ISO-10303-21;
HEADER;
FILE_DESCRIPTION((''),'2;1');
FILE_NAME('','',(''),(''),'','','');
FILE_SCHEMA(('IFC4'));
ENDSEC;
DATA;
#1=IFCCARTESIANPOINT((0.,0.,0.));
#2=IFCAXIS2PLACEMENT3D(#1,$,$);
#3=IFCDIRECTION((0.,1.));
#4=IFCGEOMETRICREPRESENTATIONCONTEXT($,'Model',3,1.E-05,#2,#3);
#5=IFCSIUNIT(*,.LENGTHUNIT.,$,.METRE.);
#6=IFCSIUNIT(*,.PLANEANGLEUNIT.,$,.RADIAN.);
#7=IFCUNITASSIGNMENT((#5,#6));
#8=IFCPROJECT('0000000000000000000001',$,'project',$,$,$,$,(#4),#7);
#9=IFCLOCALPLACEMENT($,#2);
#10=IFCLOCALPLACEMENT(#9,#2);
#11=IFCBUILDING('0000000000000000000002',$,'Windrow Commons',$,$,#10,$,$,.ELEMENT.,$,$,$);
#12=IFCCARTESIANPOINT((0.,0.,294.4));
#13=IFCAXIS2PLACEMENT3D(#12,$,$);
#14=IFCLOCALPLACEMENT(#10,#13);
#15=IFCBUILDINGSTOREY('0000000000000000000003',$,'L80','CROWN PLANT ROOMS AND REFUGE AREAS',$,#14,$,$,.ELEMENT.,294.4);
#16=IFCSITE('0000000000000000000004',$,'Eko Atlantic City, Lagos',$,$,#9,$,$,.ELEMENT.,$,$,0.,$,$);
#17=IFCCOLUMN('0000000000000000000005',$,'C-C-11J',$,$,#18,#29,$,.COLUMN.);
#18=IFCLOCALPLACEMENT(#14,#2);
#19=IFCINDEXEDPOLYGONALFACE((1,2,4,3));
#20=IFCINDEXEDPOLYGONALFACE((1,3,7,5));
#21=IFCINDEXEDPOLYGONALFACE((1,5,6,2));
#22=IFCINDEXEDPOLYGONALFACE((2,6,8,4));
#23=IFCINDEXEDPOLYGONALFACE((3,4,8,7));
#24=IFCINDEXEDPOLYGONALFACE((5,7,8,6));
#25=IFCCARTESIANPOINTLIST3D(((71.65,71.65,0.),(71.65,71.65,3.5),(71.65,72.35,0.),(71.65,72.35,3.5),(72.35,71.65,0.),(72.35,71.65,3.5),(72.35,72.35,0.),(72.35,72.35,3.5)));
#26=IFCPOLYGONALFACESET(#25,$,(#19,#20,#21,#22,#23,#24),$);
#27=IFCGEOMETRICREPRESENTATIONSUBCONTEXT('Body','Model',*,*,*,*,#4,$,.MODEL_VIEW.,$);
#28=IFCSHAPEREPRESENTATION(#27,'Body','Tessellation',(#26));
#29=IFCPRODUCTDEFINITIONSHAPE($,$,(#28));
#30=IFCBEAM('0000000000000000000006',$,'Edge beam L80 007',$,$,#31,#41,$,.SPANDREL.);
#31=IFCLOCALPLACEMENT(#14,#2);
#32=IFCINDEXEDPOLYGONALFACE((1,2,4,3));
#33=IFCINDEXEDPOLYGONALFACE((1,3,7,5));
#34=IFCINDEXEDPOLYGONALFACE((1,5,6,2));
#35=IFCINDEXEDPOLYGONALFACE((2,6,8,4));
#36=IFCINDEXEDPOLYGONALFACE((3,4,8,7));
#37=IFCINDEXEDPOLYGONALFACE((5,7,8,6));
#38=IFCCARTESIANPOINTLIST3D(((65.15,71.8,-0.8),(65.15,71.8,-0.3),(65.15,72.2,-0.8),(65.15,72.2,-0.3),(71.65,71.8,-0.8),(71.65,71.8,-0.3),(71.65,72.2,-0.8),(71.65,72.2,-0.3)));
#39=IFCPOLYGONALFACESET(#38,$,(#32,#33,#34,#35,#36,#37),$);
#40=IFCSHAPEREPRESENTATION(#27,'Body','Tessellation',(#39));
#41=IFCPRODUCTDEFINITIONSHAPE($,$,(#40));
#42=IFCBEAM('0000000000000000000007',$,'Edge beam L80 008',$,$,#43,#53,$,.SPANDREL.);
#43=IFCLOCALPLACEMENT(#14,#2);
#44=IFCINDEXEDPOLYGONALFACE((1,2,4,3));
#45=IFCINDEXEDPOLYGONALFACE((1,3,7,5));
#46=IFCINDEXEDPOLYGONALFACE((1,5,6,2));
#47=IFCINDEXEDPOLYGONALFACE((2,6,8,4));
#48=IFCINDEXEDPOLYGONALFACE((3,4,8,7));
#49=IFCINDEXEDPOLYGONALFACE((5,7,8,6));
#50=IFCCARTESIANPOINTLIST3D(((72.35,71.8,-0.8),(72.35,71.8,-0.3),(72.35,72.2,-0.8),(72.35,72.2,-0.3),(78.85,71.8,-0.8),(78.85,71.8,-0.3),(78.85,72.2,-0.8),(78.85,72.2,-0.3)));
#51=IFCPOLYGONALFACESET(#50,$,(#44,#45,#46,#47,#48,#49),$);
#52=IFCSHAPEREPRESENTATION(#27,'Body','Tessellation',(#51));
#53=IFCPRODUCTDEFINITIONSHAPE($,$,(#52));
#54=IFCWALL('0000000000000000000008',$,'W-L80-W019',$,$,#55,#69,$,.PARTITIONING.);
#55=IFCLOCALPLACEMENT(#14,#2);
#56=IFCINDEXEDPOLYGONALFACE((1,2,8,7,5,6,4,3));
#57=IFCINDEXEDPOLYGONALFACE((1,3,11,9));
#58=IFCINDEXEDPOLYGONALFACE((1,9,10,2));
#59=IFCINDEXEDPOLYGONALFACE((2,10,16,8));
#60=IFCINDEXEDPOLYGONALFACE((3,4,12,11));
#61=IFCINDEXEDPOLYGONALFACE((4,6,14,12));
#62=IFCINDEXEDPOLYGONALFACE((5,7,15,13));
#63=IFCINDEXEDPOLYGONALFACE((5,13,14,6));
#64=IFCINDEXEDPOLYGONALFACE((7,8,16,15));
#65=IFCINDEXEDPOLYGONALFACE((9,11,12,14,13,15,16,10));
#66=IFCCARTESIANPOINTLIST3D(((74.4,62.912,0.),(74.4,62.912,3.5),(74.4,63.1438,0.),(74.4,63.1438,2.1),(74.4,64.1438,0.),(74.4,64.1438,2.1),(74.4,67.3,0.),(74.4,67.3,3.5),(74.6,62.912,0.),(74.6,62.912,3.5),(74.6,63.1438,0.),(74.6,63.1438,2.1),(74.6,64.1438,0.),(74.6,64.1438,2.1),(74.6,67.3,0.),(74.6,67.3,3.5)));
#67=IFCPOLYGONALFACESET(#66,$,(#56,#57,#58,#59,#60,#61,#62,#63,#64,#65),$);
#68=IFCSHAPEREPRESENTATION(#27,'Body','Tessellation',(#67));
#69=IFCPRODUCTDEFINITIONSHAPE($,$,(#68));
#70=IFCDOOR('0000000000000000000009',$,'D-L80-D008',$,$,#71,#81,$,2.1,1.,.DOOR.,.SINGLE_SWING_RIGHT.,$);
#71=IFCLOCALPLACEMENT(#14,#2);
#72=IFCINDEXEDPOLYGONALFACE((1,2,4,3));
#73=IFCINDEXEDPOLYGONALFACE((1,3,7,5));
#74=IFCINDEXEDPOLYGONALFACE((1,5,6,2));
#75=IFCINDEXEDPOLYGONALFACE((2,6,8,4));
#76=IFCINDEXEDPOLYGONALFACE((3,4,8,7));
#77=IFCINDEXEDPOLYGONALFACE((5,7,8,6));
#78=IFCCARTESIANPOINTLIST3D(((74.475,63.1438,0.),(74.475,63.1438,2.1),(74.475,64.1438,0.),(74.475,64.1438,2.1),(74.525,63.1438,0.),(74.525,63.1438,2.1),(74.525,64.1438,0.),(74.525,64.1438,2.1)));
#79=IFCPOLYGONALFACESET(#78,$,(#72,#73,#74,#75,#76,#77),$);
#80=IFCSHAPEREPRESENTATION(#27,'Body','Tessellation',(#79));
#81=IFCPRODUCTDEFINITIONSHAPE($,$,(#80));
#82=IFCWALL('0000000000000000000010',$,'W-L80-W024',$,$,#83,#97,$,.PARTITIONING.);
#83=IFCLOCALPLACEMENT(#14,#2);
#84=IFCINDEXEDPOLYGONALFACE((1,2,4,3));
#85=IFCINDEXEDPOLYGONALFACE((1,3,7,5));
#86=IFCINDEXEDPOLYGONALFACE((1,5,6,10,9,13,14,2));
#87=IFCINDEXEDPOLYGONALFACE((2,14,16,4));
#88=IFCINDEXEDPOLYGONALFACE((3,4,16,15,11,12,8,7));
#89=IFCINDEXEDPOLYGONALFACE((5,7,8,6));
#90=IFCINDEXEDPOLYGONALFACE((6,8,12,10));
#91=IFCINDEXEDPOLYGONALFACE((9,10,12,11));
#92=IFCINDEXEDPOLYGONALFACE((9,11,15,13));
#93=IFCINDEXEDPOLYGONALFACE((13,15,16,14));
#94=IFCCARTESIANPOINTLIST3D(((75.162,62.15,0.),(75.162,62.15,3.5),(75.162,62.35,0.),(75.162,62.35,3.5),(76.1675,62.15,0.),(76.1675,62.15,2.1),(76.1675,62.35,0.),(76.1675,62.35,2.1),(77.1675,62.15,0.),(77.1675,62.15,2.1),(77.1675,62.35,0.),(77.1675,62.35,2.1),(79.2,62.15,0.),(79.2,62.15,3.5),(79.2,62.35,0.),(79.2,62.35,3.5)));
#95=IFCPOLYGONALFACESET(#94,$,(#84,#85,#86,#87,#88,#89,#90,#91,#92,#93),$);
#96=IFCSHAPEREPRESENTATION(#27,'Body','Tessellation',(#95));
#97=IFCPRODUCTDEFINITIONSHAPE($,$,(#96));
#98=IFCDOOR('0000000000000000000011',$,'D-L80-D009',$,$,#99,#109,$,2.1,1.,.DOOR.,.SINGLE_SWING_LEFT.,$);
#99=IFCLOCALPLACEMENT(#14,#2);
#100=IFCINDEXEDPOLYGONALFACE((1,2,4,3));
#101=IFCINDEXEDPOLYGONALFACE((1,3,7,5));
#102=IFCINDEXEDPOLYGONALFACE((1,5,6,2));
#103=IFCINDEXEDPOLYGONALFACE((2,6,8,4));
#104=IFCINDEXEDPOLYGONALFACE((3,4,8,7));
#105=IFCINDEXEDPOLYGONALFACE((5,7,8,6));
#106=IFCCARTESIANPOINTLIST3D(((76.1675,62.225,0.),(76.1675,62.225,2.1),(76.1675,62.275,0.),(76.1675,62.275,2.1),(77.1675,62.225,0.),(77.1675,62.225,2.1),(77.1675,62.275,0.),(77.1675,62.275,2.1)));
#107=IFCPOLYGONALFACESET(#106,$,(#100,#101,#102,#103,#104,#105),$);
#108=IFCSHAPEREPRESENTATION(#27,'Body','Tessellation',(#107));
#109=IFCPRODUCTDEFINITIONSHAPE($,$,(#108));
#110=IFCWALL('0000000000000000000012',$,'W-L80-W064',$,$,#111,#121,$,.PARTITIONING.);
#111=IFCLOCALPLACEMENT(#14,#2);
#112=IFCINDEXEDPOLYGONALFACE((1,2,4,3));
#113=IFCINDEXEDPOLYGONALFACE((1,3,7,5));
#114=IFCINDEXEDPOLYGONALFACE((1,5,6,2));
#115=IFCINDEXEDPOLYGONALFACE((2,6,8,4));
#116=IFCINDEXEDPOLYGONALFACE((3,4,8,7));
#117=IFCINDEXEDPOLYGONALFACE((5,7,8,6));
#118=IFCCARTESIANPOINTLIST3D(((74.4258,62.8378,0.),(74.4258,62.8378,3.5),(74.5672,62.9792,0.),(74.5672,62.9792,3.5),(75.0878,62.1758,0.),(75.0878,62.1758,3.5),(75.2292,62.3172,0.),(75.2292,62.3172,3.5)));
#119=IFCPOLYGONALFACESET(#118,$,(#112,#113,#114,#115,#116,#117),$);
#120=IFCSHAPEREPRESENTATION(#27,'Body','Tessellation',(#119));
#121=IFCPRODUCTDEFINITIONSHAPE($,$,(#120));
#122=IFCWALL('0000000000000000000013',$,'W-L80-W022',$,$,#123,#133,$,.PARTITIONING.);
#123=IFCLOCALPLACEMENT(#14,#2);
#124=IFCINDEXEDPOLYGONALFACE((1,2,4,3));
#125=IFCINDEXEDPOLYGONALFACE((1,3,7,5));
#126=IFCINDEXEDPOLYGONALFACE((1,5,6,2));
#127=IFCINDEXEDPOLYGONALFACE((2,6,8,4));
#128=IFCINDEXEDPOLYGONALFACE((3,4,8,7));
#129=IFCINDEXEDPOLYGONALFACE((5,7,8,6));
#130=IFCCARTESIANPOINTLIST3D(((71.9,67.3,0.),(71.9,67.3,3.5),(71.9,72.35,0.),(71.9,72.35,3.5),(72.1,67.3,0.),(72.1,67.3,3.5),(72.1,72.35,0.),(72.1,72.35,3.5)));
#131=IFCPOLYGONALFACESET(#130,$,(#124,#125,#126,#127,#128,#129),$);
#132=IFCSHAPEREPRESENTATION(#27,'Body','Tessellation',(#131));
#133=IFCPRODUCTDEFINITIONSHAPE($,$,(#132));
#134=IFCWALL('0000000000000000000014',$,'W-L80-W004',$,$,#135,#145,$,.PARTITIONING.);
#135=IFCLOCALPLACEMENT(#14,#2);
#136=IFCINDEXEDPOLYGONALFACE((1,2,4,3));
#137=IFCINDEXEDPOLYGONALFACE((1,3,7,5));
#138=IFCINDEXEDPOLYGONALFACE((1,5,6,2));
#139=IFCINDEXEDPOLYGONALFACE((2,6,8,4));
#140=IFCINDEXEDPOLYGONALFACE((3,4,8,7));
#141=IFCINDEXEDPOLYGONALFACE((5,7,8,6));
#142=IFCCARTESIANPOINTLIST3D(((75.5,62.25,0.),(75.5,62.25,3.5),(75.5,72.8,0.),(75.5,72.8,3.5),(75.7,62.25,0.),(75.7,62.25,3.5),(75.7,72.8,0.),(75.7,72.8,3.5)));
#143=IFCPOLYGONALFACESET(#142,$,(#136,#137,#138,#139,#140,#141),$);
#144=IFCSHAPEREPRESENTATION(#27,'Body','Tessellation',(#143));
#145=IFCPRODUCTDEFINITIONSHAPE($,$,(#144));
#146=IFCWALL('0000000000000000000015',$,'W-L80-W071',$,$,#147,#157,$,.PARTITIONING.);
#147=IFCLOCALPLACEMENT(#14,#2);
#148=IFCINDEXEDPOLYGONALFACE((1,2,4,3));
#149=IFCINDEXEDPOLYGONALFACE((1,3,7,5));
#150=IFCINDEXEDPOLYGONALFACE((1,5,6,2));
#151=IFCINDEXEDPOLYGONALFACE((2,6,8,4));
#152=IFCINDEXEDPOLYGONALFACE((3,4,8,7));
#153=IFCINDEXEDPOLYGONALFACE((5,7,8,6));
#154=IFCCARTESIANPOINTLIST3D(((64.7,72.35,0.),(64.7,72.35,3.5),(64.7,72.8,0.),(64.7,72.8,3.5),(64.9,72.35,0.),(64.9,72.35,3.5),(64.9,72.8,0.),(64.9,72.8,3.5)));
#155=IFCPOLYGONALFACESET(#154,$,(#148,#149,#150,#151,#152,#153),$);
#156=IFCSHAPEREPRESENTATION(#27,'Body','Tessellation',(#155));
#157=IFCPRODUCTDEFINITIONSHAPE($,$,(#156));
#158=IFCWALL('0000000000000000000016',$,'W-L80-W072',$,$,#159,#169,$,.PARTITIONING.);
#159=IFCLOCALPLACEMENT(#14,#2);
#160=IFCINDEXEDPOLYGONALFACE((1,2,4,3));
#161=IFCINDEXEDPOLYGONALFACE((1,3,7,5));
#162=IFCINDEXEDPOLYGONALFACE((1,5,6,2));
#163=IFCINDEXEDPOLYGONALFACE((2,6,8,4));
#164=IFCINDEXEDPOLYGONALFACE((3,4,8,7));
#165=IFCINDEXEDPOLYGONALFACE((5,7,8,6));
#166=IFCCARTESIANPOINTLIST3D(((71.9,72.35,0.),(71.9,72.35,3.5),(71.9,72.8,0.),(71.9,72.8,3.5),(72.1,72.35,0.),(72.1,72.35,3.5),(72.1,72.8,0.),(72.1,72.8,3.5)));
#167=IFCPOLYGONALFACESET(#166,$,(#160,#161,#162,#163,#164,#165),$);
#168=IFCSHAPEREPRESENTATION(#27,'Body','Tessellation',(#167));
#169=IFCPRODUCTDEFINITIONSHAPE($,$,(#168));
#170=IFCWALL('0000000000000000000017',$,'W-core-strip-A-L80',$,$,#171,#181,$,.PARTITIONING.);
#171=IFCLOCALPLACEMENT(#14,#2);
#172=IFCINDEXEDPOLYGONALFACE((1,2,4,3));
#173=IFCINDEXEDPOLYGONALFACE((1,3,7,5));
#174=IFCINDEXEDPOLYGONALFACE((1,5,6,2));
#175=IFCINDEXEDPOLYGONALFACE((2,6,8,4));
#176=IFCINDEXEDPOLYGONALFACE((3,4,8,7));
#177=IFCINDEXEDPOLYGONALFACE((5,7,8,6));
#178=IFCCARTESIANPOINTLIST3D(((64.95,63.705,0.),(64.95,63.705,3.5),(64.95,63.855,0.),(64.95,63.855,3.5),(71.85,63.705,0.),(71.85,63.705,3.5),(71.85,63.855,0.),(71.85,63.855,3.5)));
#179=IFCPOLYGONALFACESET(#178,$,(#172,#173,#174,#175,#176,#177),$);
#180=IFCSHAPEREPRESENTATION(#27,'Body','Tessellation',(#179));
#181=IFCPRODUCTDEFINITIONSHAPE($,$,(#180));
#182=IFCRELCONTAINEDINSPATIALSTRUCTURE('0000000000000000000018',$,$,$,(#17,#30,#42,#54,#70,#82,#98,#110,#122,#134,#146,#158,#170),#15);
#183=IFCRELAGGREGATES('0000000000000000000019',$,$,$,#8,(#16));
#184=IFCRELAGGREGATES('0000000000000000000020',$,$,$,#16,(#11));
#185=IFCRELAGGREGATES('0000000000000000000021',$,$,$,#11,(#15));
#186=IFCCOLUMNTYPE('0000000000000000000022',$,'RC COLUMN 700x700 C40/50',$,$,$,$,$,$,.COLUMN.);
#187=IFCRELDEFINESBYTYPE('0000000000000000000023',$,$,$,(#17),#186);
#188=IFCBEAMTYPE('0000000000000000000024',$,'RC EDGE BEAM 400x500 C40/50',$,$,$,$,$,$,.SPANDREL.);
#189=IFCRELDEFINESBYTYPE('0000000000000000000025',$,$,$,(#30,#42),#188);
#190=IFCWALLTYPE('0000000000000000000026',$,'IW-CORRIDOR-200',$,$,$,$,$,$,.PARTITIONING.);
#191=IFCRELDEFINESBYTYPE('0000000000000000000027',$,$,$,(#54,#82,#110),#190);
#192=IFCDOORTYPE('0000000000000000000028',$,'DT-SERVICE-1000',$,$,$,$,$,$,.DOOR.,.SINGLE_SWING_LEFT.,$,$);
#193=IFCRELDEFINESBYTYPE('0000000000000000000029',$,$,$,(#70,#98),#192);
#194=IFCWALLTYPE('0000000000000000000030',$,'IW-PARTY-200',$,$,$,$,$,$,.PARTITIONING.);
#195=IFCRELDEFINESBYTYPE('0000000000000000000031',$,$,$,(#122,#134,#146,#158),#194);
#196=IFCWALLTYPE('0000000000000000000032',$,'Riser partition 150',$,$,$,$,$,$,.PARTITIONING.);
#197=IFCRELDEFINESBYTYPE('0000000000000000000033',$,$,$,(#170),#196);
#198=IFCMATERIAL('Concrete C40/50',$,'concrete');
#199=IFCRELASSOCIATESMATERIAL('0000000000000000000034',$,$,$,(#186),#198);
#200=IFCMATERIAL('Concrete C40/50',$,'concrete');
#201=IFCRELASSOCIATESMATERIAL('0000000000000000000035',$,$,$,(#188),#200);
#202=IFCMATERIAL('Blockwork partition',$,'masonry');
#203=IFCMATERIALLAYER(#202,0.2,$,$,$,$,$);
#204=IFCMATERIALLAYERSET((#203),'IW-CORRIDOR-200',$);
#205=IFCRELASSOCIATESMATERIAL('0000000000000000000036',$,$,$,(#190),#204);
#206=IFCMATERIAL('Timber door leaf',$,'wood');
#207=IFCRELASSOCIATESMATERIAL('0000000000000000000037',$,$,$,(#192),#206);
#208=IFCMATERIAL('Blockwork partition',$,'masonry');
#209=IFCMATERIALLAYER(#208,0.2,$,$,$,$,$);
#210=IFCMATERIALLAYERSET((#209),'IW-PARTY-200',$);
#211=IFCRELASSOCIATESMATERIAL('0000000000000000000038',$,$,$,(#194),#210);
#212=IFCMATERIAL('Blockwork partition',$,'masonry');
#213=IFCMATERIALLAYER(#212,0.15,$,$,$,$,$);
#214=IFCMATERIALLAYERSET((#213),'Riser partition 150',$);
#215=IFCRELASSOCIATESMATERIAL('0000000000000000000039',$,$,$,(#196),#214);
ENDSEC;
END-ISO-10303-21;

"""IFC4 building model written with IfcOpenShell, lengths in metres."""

from ifc_helpers import new_model, si_unit, direction, frame, frame_2d, origin, origin_2d, place, context, subcontext, project, spatial, polyline, rectangle, outline, extrude, material, layer, layer_set, material_profile, profile_set, type_object, element, fill, save


model = new_model("IFC4")

# Units and contexts
model_context = context("Model", 3, precision=1e-05, world=origin(), true_north=direction((0.0, 1.0)))
body_context = subcontext(model_context, "Body", "Model", "MODEL_VIEW")
ifc_project = project(units=[si_unit("LENGTHUNIT", "METRE"), si_unit("PLANEANGLEUNIT", "RADIAN")], contexts=[model_context])

# Site, building, storey
site_placement = place(None, origin())
site = spatial("IfcSite", under=ifc_project, at=site_placement, Name="Eko Atlantic City, Lagos", CompositionType="ELEMENT", RefElevation=0.0)
building_placement = place(site_placement, origin())
building = spatial("IfcBuilding", under=site, at=building_placement, Name="Windrow Commons", CompositionType="ELEMENT")
storey_placement = place(building_placement, frame((0.0, 0.0, 294.4)))
storey = spatial("IfcBuildingStorey", under=building, at=storey_placement, Name="L80", Description="CROWN PLANT ROOMS AND REFUGE AREAS", CompositionType="ELEMENT", Elevation=294.4)

# Column
ifc_material_1 = material(Name="Concrete C40/50", Category="concrete")
ifc_material_profile_1 = material_profile(ifc_material_1, rectangle(XDim=0.7, YDim=0.7, at=origin_2d()))
ifc_profile_set_1 = profile_set([ifc_material_profile_1], Name="Concrete C40/50")
column_type = type_object("IfcColumnType", Name="RC COLUMN 700x700 C40/50", PredefinedType="COLUMN", material=ifc_profile_set_1)
column_placement = place(storey_placement, frame((72.0, 72.0, 0.0), z_axis=(0.0, 0.0, 1.0), x_axis=(1.0, 0.0, 0.0)))
element("IfcColumn", 1, at=column_placement, inside=storey, type_object=column_type, Name="C-C-11J", PredefinedType="COLUMN", context=body_context, shape_type="SweptSolid", body=[
    extrude(rectangle(XDim=0.7, YDim=0.7, at=origin_2d()), origin(), (0.0, 0.0, 1.0), 3.5),
])

# Beams
ifc_material_2 = material(Name="Concrete C40/50", Category="concrete")
ifc_material_profile_2 = material_profile(ifc_material_2, rectangle(XDim=0.4, YDim=0.5, at=origin_2d()))
ifc_profile_set_2 = profile_set([ifc_material_profile_2], Name="Concrete C40/50")
beam_type = type_object("IfcBeamType", Name="RC EDGE BEAM 400x500 C40/50", PredefinedType="SPANDREL", material=ifc_profile_set_2)
for number, where, z_axis, x_axis, name in (
    (2, (65.15, 72.0, -0.55), (1.0, 0.0, 0.0), (0.0, 1.0, 0.0), "Edge beam L80 007"),
    (3, (72.35, 72.0, -0.55), (1.0, 0.0, 0.0), (0.0, 1.0, 0.0), "Edge beam L80 008"),
):
    element("IfcBeam", number, at=place(storey_placement, frame(where, z_axis=z_axis, x_axis=x_axis)), inside=storey, type_object=beam_type, Name=name, PredefinedType="SPANDREL", context=body_context, shape_type="SweptSolid", body=[
        extrude(rectangle(XDim=0.4, YDim=0.5, at=origin_2d()), origin(), (0.0, 0.0, 1.0), 6.5),
    ])

# Walls, openings, doors
ifc_material_3 = material(Name="Blockwork partition", Category="masonry")
ifc_layer_1 = layer(ifc_material_3, 0.2)
ifc_layer_set_1 = layer_set([ifc_layer_1], Name="IW-CORRIDOR-200")
wall_type_1 = type_object("IfcWallType", Name="IW-CORRIDOR-200", PredefinedType="PARTITIONING", material=ifc_layer_set_1)
wall_1_placement = place(storey_placement, frame((74.5, 62.912, 0.0), z_axis=(0.0, 0.0, 1.0), x_axis=(0.0, 1.0, 0.0)))
wall_1 = element("IfcWall", 4, at=wall_1_placement, inside=storey, type_object=wall_type_1, Name="W-L80-W019", PredefinedType="PARTITIONING", context=body_context, shape_type="SweptSolid", body=[
    extrude(rectangle(XDim=4.388, YDim=0.2, at=frame_2d((2.194, 0.0))), origin(), (0.0, 0.0, 1.0), 3.5),
])
opening_1_placement = place(wall_1_placement, frame((0.2318, 0.0, 0.0)))
opening_1 = element("IfcOpeningElement", 5, at=opening_1_placement, cuts=wall_1, PredefinedType="OPENING", context=body_context, shape_type="SweptSolid", body=[
    extrude(rectangle(XDim=1.0, YDim=2.1, at=frame_2d((0.5, 1.05))), frame((0.0, 0.11, 0.0), z_axis=(0.0, -1.0, 0.0), x_axis=(1.0, 0.0, 0.0)), (0.0, 0.0, 1.0), 0.22),
])
ifc_material_4 = material(Name="Timber door leaf", Category="wood")
door_type = type_object("IfcDoorType", Name="DT-SERVICE-1000", OperationType="SINGLE_SWING_LEFT", PredefinedType="DOOR", material=ifc_material_4)
door_1_placement = place(opening_1_placement, origin())
door_1 = element("IfcDoor", 6, at=door_1_placement, inside=storey, type_object=door_type, Name="D-L80-D008", OperationType="SINGLE_SWING_RIGHT", OverallHeight=2.1, OverallWidth=1.0, PredefinedType="DOOR", context=body_context, shape_type="SweptSolid", body=[
    extrude(rectangle(XDim=1.0, YDim=2.1, at=frame_2d((0.5, 1.05))), frame((0.0, 0.025, 0.0), z_axis=(0.0, -1.0, 0.0), x_axis=(1.0, 0.0, 0.0)), (0.0, 0.0, 1.0), 0.05),
])
fill(opening_1, door_1)
wall_2_placement = place(storey_placement, frame((75.162, 62.25, 0.0), z_axis=(0.0, 0.0, 1.0), x_axis=(1.0, 0.0, 0.0)))
wall_2 = element("IfcWall", 7, at=wall_2_placement, inside=storey, type_object=wall_type_1, Name="W-L80-W024", PredefinedType="PARTITIONING", context=body_context, shape_type="SweptSolid", body=[
    extrude(rectangle(XDim=4.038, YDim=0.2, at=frame_2d((2.019, 0.0))), origin(), (0.0, 0.0, 1.0), 3.5),
])
opening_2_placement = place(wall_2_placement, frame((1.0055, 0.0, 0.0)))
opening_2 = element("IfcOpeningElement", 8, at=opening_2_placement, cuts=wall_2, PredefinedType="OPENING", context=body_context, shape_type="SweptSolid", body=[
    extrude(rectangle(XDim=1.0, YDim=2.1, at=frame_2d((0.5, 1.05))), frame((0.0, 0.11, 0.0), z_axis=(0.0, -1.0, 0.0), x_axis=(1.0, 0.0, 0.0)), (0.0, 0.0, 1.0), 0.22),
])
door_2_placement = place(opening_2_placement, origin())
door_2 = element("IfcDoor", 9, at=door_2_placement, inside=storey, type_object=door_type, Name="D-L80-D009", OperationType="SINGLE_SWING_LEFT", OverallHeight=2.1, OverallWidth=1.0, PredefinedType="DOOR", context=body_context, shape_type="SweptSolid", body=[
    extrude(rectangle(XDim=1.0, YDim=2.1, at=frame_2d((0.5, 1.05))), frame((0.0, 0.025, 0.0), z_axis=(0.0, -1.0, 0.0), x_axis=(1.0, 0.0, 0.0)), (0.0, 0.0, 1.0), 0.05),
])
fill(opening_2, door_2)

# Walls
wall_3_placement = place(storey_placement, frame((74.4965, 62.9085, 0.0), z_axis=(0.0, 0.0, 1.0), x_axis=(0.707107, -0.707107, 0.0)))
element("IfcWall", 10, at=wall_3_placement, inside=storey, type_object=wall_type_1, Name="W-L80-W064", PredefinedType="PARTITIONING", context=body_context, shape_type="SweptSolid", body=[
    extrude(rectangle(XDim=0.9362, YDim=0.2, at=frame_2d((0.4681, 0.0))), origin(), (0.0, 0.0, 1.0), 3.5),
])
ifc_material_5 = material(Name="Blockwork partition", Category="masonry")
ifc_layer_2 = layer(ifc_material_5, 0.2)
ifc_layer_set_2 = layer_set([ifc_layer_2], Name="IW-PARTY-200")
wall_type_2 = type_object("IfcWallType", Name="IW-PARTY-200", PredefinedType="PARTITIONING", material=ifc_layer_set_2)
wall_4_placement = place(storey_placement, frame((72.0, 67.3, 0.0), z_axis=(0.0, 0.0, 1.0), x_axis=(0.0, 1.0, 0.0)))
element("IfcWall", 11, at=wall_4_placement, inside=storey, type_object=wall_type_2, Name="W-L80-W022", PredefinedType="PARTITIONING", context=body_context, shape_type="SweptSolid", body=[
    extrude(rectangle(XDim=5.05, YDim=0.2, at=frame_2d((2.525, 0.0))), origin(), (0.0, 0.0, 1.0), 3.5),
])
wall_5_placement = place(storey_placement, frame((75.6, 62.25, 0.0), z_axis=(0.0, 0.0, 1.0), x_axis=(0.0, 1.0, 0.0)))
element("IfcWall", 12, at=wall_5_placement, inside=storey, type_object=wall_type_2, Name="W-L80-W004", PredefinedType="PARTITIONING", context=body_context, shape_type="SweptSolid", body=[
    extrude(outline(polyline([(0.0, -0.1), (10.55, -0.1), (10.55, 0.1), (0.0, 0.1), (0.0, -0.1)])), origin(), (0.0, 0.0, 1.0), 3.5),
])
for number, where, z_axis, x_axis, name in (
    (13, (64.8, 72.35, 0.0), (0.0, 0.0, 1.0), (0.0, 1.0, 0.0), "W-L80-W071"),
    (14, (72.0, 72.35, 0.0), (0.0, 0.0, 1.0), (0.0, 1.0, 0.0), "W-L80-W072"),
):
    element("IfcWall", number, at=place(storey_placement, frame(where, z_axis=z_axis, x_axis=x_axis)), inside=storey, type_object=wall_type_2, Name=name, PredefinedType="PARTITIONING", context=body_context, shape_type="SweptSolid", body=[
        extrude(outline(polyline([(0.0, -0.1), (0.45, -0.1), (0.45, 0.1), (0.0, 0.1), (0.0, -0.1)])), origin(), (0.0, 0.0, 1.0), 3.5),
    ])
ifc_material_6 = material(Name="Blockwork partition", Category="masonry")
ifc_layer_3 = layer(ifc_material_6, 0.15)
ifc_layer_set_3 = layer_set([ifc_layer_3], Name="Riser partition 150")
wall_type_3 = type_object("IfcWallType", Name="Riser partition 150", PredefinedType="PARTITIONING", material=ifc_layer_set_3)
wall_6_placement = place(storey_placement, frame((64.95, 63.78, 0.0), z_axis=(0.0, 0.0, 1.0), x_axis=(1.0, 0.0, 0.0)))
element("IfcWall", 15, at=wall_6_placement, inside=storey, type_object=wall_type_3, Name="W-core-strip-A-L80", PredefinedType="PARTITIONING", context=body_context, shape_type="SweptSolid", body=[
    extrude(outline(polyline([(0.0, 0.0), (6.9, 0.0), (6.9, 3.5), (0.0, 3.5), (0.0, 0.0)])), frame((0.0, 0.075, 0.0), z_axis=(0.0, -1.0, 0.0), x_axis=(1.0, 0.0, 0.0)), (0.0, 0.0, 1.0), 0.15),
])

save(model, "model.ifc")
